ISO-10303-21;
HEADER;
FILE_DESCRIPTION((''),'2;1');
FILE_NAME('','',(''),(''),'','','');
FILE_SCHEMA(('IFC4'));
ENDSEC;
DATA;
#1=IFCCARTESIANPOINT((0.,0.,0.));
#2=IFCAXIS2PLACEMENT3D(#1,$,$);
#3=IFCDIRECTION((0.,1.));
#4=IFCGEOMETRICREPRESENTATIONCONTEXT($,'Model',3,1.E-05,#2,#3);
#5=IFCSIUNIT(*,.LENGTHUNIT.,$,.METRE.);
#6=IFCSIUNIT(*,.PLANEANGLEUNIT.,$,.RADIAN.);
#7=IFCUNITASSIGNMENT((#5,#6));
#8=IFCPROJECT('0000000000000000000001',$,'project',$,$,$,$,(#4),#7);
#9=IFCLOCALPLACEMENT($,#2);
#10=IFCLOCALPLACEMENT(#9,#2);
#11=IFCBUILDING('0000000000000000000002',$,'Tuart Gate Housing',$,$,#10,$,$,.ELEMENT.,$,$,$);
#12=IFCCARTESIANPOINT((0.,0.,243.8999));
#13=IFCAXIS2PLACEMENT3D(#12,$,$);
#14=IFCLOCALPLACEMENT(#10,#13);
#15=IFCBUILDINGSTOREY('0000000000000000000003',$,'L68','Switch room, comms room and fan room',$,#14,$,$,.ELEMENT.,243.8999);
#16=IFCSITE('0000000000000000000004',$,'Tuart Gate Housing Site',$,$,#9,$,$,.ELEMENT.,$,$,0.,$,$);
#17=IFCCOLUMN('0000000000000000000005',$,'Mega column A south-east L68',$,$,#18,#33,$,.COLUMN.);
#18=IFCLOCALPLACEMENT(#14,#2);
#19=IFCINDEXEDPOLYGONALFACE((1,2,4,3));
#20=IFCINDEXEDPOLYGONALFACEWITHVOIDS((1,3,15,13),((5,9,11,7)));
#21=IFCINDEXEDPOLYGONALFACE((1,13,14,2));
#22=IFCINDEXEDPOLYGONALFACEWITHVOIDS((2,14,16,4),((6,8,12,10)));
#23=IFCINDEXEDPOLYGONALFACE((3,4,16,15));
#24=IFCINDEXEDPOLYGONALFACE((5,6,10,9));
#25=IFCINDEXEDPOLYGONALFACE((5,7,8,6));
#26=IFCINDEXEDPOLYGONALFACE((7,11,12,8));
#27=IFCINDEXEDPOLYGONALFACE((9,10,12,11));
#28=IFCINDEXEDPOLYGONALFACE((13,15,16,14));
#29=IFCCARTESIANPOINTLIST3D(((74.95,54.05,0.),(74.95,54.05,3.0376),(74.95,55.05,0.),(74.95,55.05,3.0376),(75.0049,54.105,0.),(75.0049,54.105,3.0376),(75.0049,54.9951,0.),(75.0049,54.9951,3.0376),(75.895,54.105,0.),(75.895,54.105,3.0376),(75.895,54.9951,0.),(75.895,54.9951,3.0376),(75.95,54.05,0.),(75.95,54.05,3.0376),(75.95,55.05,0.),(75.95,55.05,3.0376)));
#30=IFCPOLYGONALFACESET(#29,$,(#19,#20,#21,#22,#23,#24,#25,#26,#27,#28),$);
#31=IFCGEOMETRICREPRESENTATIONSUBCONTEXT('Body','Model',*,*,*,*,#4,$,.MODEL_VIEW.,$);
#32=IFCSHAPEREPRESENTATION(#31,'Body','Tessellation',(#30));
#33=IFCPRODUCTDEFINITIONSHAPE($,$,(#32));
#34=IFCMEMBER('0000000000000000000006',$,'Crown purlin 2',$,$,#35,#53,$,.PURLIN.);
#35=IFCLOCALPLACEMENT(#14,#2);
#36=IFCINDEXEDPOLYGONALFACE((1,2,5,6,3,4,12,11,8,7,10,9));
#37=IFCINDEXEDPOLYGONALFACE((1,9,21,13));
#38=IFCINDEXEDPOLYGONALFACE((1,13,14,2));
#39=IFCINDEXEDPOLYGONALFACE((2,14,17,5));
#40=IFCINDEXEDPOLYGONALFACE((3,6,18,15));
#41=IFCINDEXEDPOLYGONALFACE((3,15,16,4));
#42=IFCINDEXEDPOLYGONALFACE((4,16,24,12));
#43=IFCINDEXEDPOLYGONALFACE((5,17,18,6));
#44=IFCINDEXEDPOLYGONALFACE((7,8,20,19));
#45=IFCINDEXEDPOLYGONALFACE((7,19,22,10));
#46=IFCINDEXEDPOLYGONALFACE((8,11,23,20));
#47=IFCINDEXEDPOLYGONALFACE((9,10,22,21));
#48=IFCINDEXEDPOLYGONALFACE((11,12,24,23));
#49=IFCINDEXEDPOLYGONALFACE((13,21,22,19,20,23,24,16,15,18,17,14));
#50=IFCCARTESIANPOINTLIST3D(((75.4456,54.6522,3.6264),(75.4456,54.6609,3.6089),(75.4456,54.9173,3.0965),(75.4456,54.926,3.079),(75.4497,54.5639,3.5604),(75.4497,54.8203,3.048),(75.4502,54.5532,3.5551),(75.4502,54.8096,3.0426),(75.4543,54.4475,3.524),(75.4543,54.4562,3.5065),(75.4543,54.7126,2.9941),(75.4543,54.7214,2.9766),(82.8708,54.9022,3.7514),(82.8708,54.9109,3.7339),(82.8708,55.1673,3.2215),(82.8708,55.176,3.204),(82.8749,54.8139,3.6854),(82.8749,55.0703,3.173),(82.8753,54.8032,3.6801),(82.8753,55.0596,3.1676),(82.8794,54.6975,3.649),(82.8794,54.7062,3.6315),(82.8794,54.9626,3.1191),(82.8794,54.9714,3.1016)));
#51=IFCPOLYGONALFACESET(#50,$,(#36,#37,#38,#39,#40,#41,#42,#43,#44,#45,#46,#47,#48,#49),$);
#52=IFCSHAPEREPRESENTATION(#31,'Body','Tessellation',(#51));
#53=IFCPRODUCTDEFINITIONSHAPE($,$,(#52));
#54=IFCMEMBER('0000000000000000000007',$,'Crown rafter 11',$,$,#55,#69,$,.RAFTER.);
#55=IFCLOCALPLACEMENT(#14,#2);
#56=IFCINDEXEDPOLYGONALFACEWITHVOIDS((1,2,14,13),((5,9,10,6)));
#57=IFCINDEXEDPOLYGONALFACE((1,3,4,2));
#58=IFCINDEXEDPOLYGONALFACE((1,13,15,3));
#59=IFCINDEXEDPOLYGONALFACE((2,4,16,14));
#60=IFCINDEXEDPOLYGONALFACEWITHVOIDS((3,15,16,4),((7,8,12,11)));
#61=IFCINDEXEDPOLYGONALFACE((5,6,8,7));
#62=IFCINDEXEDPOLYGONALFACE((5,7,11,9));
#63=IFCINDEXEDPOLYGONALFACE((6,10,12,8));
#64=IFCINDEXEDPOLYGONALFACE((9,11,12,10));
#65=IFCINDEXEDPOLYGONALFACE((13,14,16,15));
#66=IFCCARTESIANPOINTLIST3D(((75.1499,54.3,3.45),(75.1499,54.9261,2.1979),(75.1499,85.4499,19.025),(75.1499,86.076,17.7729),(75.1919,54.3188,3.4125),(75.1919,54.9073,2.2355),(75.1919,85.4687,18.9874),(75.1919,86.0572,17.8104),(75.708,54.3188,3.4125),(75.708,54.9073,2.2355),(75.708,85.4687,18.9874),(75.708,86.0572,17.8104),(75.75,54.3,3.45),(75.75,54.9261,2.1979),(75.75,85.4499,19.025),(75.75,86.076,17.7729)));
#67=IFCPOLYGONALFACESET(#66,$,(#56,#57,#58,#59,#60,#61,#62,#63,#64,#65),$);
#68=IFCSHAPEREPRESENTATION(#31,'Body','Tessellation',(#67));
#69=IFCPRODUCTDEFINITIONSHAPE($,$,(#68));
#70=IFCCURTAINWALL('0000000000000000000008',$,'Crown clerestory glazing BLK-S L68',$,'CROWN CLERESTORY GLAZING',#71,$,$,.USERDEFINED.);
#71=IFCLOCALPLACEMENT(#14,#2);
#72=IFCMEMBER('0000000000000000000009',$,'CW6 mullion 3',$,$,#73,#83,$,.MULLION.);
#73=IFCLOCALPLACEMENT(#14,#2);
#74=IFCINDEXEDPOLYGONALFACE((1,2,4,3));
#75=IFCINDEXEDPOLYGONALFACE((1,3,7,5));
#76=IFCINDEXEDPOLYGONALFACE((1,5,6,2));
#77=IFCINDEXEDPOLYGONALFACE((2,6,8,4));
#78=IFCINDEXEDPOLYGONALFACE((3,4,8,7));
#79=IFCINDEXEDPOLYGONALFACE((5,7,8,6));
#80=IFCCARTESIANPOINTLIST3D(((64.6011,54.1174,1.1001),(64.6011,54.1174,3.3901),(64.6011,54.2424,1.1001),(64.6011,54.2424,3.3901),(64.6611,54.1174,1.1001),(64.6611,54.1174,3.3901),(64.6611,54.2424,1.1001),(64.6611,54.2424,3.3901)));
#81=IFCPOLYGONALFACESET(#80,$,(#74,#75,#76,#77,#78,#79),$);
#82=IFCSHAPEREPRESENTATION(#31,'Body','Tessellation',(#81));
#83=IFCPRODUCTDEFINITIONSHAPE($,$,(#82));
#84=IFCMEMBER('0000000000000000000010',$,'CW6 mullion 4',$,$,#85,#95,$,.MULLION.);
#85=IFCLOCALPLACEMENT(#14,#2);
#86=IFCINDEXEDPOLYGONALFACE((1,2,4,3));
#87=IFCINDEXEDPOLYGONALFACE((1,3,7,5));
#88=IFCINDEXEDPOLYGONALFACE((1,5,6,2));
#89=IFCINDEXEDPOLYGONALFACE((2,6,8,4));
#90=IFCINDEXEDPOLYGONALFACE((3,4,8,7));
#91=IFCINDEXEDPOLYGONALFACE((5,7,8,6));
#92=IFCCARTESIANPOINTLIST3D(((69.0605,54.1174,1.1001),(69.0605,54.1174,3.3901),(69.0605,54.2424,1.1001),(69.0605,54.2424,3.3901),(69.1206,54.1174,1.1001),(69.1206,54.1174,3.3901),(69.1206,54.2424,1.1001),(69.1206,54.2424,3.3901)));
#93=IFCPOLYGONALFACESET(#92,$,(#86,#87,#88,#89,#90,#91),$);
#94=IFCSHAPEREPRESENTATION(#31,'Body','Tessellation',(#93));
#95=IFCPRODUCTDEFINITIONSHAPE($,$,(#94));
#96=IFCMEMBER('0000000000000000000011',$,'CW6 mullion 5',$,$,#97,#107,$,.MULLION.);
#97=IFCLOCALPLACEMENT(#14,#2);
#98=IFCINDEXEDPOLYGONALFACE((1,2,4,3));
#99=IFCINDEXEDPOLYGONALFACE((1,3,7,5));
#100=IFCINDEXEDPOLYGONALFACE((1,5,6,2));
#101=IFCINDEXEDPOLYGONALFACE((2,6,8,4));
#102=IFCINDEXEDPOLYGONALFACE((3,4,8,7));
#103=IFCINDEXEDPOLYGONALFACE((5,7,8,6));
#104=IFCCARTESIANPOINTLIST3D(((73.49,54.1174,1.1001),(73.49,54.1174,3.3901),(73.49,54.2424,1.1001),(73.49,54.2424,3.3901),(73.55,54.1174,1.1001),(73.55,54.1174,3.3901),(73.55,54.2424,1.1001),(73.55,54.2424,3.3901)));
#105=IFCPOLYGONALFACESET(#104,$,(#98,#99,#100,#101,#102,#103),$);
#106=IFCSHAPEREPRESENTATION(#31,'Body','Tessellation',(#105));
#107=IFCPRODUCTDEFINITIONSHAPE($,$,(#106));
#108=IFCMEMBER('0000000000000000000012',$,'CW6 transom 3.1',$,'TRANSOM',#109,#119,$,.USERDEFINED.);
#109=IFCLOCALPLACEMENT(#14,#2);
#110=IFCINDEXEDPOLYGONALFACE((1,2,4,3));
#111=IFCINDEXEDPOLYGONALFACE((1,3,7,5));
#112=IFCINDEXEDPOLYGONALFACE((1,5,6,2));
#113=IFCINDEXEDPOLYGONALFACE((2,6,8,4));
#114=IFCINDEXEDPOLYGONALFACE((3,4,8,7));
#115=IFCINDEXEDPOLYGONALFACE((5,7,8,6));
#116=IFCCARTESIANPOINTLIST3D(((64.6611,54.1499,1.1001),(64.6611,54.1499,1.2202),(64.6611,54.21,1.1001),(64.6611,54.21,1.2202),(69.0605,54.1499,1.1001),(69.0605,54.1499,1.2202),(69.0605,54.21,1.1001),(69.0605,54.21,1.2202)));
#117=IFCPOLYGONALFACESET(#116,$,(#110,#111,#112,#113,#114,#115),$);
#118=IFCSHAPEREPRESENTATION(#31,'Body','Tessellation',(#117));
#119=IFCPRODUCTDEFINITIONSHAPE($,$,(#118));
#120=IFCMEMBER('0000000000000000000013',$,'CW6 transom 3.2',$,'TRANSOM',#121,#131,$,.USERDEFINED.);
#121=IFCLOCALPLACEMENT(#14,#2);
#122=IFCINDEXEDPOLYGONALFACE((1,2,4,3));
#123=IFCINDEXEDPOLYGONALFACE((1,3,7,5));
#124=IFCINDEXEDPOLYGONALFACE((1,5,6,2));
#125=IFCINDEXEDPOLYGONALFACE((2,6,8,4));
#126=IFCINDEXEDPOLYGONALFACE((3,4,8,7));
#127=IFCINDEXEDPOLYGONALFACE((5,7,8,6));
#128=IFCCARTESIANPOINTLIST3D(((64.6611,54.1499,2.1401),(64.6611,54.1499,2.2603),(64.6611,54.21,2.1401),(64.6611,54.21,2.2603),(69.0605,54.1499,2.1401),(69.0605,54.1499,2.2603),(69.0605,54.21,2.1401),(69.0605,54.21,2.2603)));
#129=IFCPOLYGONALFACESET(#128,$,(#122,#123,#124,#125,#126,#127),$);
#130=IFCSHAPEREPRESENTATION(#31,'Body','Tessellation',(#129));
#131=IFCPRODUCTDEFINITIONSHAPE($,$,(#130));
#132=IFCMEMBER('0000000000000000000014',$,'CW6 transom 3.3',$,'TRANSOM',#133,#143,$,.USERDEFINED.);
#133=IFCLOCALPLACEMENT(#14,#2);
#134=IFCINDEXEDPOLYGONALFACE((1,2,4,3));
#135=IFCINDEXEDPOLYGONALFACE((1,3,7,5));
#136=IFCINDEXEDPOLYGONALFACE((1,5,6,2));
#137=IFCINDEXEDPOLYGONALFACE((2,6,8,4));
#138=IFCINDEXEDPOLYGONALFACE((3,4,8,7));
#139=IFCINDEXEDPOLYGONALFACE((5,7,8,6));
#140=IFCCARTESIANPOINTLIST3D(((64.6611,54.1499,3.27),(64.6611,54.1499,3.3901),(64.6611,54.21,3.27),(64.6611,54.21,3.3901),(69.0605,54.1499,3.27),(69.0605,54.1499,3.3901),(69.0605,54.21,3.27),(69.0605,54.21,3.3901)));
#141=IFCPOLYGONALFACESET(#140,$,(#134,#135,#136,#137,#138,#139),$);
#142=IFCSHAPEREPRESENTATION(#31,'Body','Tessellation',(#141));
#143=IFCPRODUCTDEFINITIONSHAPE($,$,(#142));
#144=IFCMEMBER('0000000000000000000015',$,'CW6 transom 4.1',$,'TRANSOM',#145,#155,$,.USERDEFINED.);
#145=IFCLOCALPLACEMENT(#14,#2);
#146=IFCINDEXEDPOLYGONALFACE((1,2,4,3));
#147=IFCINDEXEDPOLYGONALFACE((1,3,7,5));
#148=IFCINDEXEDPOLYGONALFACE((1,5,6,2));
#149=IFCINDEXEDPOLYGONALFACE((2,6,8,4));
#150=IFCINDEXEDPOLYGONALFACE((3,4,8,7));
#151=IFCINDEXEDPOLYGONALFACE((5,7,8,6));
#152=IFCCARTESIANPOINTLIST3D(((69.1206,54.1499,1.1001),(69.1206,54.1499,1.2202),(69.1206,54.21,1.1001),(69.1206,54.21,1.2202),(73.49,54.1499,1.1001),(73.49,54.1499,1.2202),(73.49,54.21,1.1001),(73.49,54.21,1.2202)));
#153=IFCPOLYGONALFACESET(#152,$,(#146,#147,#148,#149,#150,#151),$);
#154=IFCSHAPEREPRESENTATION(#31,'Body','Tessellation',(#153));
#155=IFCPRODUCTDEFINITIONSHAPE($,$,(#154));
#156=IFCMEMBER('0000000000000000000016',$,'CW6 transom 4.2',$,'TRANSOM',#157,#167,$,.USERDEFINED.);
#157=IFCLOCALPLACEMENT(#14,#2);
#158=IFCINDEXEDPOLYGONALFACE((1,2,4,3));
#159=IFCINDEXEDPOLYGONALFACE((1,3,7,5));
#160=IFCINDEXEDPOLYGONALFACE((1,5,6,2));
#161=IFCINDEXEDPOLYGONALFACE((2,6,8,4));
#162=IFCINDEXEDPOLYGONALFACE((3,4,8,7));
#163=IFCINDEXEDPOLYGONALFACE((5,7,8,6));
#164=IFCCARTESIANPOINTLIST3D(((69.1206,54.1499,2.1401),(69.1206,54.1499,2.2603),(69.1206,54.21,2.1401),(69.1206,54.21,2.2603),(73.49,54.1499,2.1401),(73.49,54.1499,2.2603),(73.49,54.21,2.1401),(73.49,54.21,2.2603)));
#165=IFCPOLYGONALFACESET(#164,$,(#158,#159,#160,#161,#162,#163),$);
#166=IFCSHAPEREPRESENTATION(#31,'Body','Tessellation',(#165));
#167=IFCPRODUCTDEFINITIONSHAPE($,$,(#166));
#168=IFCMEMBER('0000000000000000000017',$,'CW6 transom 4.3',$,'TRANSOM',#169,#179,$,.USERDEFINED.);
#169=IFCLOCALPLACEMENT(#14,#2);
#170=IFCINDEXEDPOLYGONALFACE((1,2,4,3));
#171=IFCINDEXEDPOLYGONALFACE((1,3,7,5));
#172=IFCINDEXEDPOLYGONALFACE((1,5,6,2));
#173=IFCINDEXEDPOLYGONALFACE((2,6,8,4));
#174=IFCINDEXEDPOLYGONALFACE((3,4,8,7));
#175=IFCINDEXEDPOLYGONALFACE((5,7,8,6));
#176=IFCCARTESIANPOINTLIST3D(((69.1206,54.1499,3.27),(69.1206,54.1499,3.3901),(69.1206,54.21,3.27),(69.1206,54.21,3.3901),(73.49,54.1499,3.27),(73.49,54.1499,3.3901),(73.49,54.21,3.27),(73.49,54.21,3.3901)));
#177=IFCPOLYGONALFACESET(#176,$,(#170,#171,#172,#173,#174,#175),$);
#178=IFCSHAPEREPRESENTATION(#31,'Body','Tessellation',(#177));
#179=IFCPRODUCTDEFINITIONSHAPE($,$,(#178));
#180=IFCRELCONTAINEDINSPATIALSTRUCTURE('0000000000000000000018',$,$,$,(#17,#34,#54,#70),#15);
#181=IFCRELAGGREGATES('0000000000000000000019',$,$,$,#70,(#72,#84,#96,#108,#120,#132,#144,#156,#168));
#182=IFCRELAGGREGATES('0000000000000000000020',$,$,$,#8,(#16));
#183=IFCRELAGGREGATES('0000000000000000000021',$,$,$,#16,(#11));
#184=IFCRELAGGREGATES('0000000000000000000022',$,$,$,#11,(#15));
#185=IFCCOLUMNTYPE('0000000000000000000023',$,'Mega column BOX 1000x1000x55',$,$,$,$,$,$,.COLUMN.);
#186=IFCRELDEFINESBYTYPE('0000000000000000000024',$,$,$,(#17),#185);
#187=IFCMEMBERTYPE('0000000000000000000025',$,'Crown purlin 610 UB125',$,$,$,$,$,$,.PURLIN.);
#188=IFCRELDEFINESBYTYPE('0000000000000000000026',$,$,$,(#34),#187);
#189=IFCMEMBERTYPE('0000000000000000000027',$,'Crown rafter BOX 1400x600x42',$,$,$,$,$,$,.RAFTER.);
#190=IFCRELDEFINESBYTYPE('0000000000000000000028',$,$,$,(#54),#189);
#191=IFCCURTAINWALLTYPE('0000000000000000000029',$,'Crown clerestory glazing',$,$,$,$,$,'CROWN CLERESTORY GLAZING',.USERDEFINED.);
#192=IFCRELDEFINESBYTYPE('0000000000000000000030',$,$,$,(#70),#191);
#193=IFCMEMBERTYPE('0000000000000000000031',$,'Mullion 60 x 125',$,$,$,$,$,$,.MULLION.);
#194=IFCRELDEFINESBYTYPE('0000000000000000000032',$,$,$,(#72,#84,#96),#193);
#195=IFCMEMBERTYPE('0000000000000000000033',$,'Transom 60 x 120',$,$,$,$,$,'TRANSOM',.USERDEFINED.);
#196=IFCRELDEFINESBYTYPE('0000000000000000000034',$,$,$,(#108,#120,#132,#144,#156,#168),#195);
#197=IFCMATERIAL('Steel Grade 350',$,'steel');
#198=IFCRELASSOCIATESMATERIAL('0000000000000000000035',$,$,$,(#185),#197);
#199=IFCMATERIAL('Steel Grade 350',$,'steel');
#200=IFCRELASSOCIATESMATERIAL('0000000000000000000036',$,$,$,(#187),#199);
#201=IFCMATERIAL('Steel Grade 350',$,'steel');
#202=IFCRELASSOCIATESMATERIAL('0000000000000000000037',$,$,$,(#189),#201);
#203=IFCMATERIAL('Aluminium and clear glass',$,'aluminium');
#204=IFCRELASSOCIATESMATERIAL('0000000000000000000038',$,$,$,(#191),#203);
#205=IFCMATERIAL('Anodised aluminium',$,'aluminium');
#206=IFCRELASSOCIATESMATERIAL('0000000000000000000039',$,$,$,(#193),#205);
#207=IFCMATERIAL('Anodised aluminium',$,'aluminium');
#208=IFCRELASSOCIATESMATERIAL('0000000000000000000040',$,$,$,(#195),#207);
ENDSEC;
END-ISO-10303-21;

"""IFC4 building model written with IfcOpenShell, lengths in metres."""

from ifc_helpers import new_model, si_unit, direction, frame, origin, origin_2d, place, context, subcontext, project, spatial, rectangle, hollow_rectangle, i_section, extrude, material, material_profile, profile_set, type_object, element, aggregate, save


model = new_model("IFC4")

# Units and contexts
model_context = context("Model", 3, precision=1e-05, world=origin(), true_north=direction((0.0, 1.0)))
body_context = subcontext(model_context, "Body", "Model", "MODEL_VIEW")
ifc_project = project(units=[si_unit("LENGTHUNIT", "METRE"), si_unit("PLANEANGLEUNIT", "RADIAN")], contexts=[model_context])

# Site, building, storey
site_placement = place(None, origin())
site = spatial("IfcSite", under=ifc_project, at=site_placement, Name="Tuart Gate Housing Site", CompositionType="ELEMENT", RefElevation=0.0)
building_placement = place(site_placement, origin())
building = spatial("IfcBuilding", under=site, at=building_placement, Name="Tuart Gate Housing", CompositionType="ELEMENT")
storey_placement = place(building_placement, frame((0.0, 0.0, 243.8999)))
storey = spatial("IfcBuildingStorey", under=building, at=storey_placement, Name="L68", Description="Switch room, comms room and fan room", CompositionType="ELEMENT", Elevation=243.8999)

# Column
ifc_material_1 = material(Name="Steel Grade 350", Category="steel")
ifc_material_profile_1 = material_profile(ifc_material_1, hollow_rectangle(XDim=1.0, YDim=1.0, WallThickness=0.0549, at=origin_2d()), Name="BOX 1000x1000x55")
ifc_profile_set_1 = profile_set([ifc_material_profile_1], Name="Steel Grade 350")
column_type = type_object("IfcColumnType", Name="Mega column BOX 1000x1000x55", PredefinedType="COLUMN", material=ifc_profile_set_1)
column_placement = place(storey_placement, frame((75.45, 54.55, 0.0), z_axis=(0.0, 0.0, 1.0), x_axis=(1.0, 0.0, 0.0)))
element("IfcColumn", 1, at=column_placement, inside=storey, type_object=column_type, Name="Mega column A south-east L68", PredefinedType="COLUMN", context=body_context, shape_type="SweptSolid", body=[
    extrude(hollow_rectangle(XDim=1.0, YDim=1.0, WallThickness=0.0549, at=origin_2d()), origin(), (0.0, 0.0, 1.0), 3.0376),
])

# Members
ifc_material_2 = material(Name="Steel Grade 350", Category="steel")
ifc_material_profile_2 = material_profile(ifc_material_2, i_section(OverallWidth=0.229, OverallDepth=0.6121, WebThickness=0.012, FlangeThickness=0.0195, at=origin_2d()), Name="610UB125")
ifc_profile_set_2 = profile_set([ifc_material_profile_2], Name="Steel Grade 350")
member_type_1 = type_object("IfcMemberType", Name="Crown purlin 610 UB125", PredefinedType="PURLIN", material=ifc_profile_set_2)
member_1_placement = place(storey_placement, frame((75.45, 54.6868, 3.3015), z_axis=(0.999292, 0.033646, 0.016823), x_axis=(-0.037617, 0.893667, 0.447151)))
element("IfcMember", 2, at=member_1_placement, inside=storey, type_object=member_type_1, Name="Crown purlin 2", PredefinedType="PURLIN", context=body_context, shape_type="SweptSolid", body=[
    extrude(i_section(OverallWidth=0.229, OverallDepth=0.6121, WebThickness=0.012, FlangeThickness=0.0195, at=origin_2d()), origin(), (0.0, 0.0, 1.0), 7.4304),
])
ifc_material_3 = material(Name="Steel Grade 350", Category="steel")
ifc_material_profile_3 = material_profile(ifc_material_3, hollow_rectangle(XDim=0.6001, YDim=1.3999, WallThickness=0.042, at=origin_2d()), Name="BOX 1400x600x42")
ifc_profile_set_3 = profile_set([ifc_material_profile_3], Name="Steel Grade 350")
member_type_2 = type_object("IfcMemberType", Name="Crown rafter BOX 1400x600x42", PredefinedType="RAFTER", material=ifc_profile_set_3)
member_2_placement = place(storey_placement, frame((75.45, 54.613, 2.824), z_axis=(0.0, 0.894427, 0.447214), x_axis=(-1.0, 0.0, 0.0)))
element("IfcMember", 3, at=member_2_placement, inside=storey, type_object=member_type_2, Name="Crown rafter 11", PredefinedType="RAFTER", context=body_context, shape_type="SweptSolid", body=[
    extrude(hollow_rectangle(XDim=0.6001, YDim=1.3999, WallThickness=0.042, at=origin_2d()), origin(), (0.0, 0.0, 1.0), 34.8267),
])

# Curtain wall, members
ifc_material_4 = material(Name="Aluminium and clear glass", Category="aluminium")
curtain_wall_type = type_object("IfcCurtainWallType", Name="Crown clerestory glazing", ElementType="CROWN CLERESTORY GLAZING", PredefinedType="USERDEFINED", material=ifc_material_4)
curtain_wall_placement = place(storey_placement, origin())
curtain_wall = element("IfcCurtainWall", 4, at=curtain_wall_placement, inside=storey, type_object=curtain_wall_type, Name="Crown clerestory glazing BLK-S L68", ObjectType="CROWN CLERESTORY GLAZING", PredefinedType="USERDEFINED")
ifc_material_5 = material(Name="Anodised aluminium", Category="aluminium")
ifc_material_profile_4 = material_profile(ifc_material_5, rectangle(XDim=0.0601, YDim=0.125, at=origin_2d()), Name="60x125")
ifc_profile_set_4 = profile_set([ifc_material_profile_4], Name="Anodised aluminium")
member_type_3 = type_object("IfcMemberType", Name="Mullion 60 x 125", PredefinedType="MULLION", material=ifc_profile_set_4)
member_3_placement = place(storey_placement, frame((64.6311, 54.1799, 1.1001), z_axis=(0.0, 0.0, 1.0), x_axis=(1.0, 0.0, 0.0)))
member_3 = element("IfcMember", 5, at=member_3_placement, type_object=member_type_3, Name="CW6 mullion 3", PredefinedType="MULLION", context=body_context, shape_type="SweptSolid", body=[
    extrude(rectangle(XDim=0.0601, YDim=0.125, at=origin_2d()), origin(), (0.0, 0.0, 1.0), 2.29),
])
member_4_placement = place(storey_placement, frame((69.0906, 54.1799, 1.1001), z_axis=(0.0, 0.0, 1.0), x_axis=(1.0, 0.0, 0.0)))
member_4 = element("IfcMember", 6, at=member_4_placement, type_object=member_type_3, Name="CW6 mullion 4", PredefinedType="MULLION", context=body_context, shape_type="SweptSolid", body=[
    extrude(rectangle(XDim=0.0601, YDim=0.125, at=origin_2d()), origin(), (0.0, 0.0, 1.0), 2.29),
])
member_5_placement = place(storey_placement, frame((73.52, 54.1799, 1.1001), z_axis=(0.0, 0.0, 1.0), x_axis=(1.0, 0.0, 0.0)))
member_5 = element("IfcMember", 7, at=member_5_placement, type_object=member_type_3, Name="CW6 mullion 5", PredefinedType="MULLION", context=body_context, shape_type="SweptSolid", body=[
    extrude(rectangle(XDim=0.0601, YDim=0.125, at=origin_2d()), origin(), (0.0, 0.0, 1.0), 2.29),
])
ifc_material_6 = material(Name="Anodised aluminium", Category="aluminium")
ifc_material_profile_5 = material_profile(ifc_material_6, rectangle(XDim=0.0601, YDim=0.1201, at=origin_2d()), Name="60x120")
ifc_profile_set_5 = profile_set([ifc_material_profile_5], Name="Anodised aluminium")
member_type_4 = type_object("IfcMemberType", Name="Transom 60 x 120", ElementType="TRANSOM", PredefinedType="USERDEFINED", material=ifc_profile_set_5)
member_6_placement = place(storey_placement, frame((64.6611, 54.1799, 1.1602), z_axis=(1.0, 0.0, 0.0), x_axis=(0.0, 1.0, 0.0)))
member_6 = element("IfcMember", 8, at=member_6_placement, type_object=member_type_4, Name="CW6 transom 3.1", ObjectType="TRANSOM", PredefinedType="USERDEFINED", context=body_context, shape_type="SweptSolid", body=[
    extrude(rectangle(XDim=0.0601, YDim=0.1201, at=origin_2d()), origin(), (0.0, 0.0, 1.0), 4.3994),
])
member_7_placement = place(storey_placement, frame((64.6611, 54.1799, 2.2002), z_axis=(1.0, 0.0, 0.0), x_axis=(0.0, 1.0, 0.0)))
member_7 = element("IfcMember", 9, at=member_7_placement, type_object=member_type_4, Name="CW6 transom 3.2", ObjectType="TRANSOM", PredefinedType="USERDEFINED", context=body_context, shape_type="SweptSolid", body=[
    extrude(rectangle(XDim=0.0601, YDim=0.1201, at=origin_2d()), origin(), (0.0, 0.0, 1.0), 4.3994),
])
member_8_placement = place(storey_placement, frame((64.6611, 54.1799, 3.3301), z_axis=(1.0, 0.0, 0.0), x_axis=(0.0, 1.0, 0.0)))
member_8 = element("IfcMember", 10, at=member_8_placement, type_object=member_type_4, Name="CW6 transom 3.3", ObjectType="TRANSOM", PredefinedType="USERDEFINED", context=body_context, shape_type="SweptSolid", body=[
    extrude(rectangle(XDim=0.0601, YDim=0.1201, at=origin_2d()), origin(), (0.0, 0.0, 1.0), 4.3994),
])
member_9_placement = place(storey_placement, frame((69.1206, 54.1799, 1.1602), z_axis=(1.0, 0.0, 0.0), x_axis=(0.0, 1.0, 0.0)))
member_9 = element("IfcMember", 11, at=member_9_placement, type_object=member_type_4, Name="CW6 transom 4.1", ObjectType="TRANSOM", PredefinedType="USERDEFINED", context=body_context, shape_type="SweptSolid", body=[
    extrude(rectangle(XDim=0.0601, YDim=0.1201, at=origin_2d()), origin(), (0.0, 0.0, 1.0), 4.3694),
])
member_10_placement = place(storey_placement, frame((69.1206, 54.1799, 2.2002), z_axis=(1.0, 0.0, 0.0), x_axis=(0.0, 1.0, 0.0)))
member_10 = element("IfcMember", 12, at=member_10_placement, type_object=member_type_4, Name="CW6 transom 4.2", ObjectType="TRANSOM", PredefinedType="USERDEFINED", context=body_context, shape_type="SweptSolid", body=[
    extrude(rectangle(XDim=0.0601, YDim=0.1201, at=origin_2d()), origin(), (0.0, 0.0, 1.0), 4.3694),
])
member_11_placement = place(storey_placement, frame((69.1206, 54.1799, 3.3301), z_axis=(1.0, 0.0, 0.0), x_axis=(0.0, 1.0, 0.0)))
member_11 = element("IfcMember", 13, at=member_11_placement, type_object=member_type_4, Name="CW6 transom 4.3", ObjectType="TRANSOM", PredefinedType="USERDEFINED", context=body_context, shape_type="SweptSolid", body=[
    extrude(rectangle(XDim=0.0601, YDim=0.1201, at=origin_2d()), origin(), (0.0, 0.0, 1.0), 4.3694),
])
aggregate(curtain_wall, [member_3, member_4, member_5, member_6, member_7, member_8, member_9, member_10, member_11])

save(model, "model.ifc")
